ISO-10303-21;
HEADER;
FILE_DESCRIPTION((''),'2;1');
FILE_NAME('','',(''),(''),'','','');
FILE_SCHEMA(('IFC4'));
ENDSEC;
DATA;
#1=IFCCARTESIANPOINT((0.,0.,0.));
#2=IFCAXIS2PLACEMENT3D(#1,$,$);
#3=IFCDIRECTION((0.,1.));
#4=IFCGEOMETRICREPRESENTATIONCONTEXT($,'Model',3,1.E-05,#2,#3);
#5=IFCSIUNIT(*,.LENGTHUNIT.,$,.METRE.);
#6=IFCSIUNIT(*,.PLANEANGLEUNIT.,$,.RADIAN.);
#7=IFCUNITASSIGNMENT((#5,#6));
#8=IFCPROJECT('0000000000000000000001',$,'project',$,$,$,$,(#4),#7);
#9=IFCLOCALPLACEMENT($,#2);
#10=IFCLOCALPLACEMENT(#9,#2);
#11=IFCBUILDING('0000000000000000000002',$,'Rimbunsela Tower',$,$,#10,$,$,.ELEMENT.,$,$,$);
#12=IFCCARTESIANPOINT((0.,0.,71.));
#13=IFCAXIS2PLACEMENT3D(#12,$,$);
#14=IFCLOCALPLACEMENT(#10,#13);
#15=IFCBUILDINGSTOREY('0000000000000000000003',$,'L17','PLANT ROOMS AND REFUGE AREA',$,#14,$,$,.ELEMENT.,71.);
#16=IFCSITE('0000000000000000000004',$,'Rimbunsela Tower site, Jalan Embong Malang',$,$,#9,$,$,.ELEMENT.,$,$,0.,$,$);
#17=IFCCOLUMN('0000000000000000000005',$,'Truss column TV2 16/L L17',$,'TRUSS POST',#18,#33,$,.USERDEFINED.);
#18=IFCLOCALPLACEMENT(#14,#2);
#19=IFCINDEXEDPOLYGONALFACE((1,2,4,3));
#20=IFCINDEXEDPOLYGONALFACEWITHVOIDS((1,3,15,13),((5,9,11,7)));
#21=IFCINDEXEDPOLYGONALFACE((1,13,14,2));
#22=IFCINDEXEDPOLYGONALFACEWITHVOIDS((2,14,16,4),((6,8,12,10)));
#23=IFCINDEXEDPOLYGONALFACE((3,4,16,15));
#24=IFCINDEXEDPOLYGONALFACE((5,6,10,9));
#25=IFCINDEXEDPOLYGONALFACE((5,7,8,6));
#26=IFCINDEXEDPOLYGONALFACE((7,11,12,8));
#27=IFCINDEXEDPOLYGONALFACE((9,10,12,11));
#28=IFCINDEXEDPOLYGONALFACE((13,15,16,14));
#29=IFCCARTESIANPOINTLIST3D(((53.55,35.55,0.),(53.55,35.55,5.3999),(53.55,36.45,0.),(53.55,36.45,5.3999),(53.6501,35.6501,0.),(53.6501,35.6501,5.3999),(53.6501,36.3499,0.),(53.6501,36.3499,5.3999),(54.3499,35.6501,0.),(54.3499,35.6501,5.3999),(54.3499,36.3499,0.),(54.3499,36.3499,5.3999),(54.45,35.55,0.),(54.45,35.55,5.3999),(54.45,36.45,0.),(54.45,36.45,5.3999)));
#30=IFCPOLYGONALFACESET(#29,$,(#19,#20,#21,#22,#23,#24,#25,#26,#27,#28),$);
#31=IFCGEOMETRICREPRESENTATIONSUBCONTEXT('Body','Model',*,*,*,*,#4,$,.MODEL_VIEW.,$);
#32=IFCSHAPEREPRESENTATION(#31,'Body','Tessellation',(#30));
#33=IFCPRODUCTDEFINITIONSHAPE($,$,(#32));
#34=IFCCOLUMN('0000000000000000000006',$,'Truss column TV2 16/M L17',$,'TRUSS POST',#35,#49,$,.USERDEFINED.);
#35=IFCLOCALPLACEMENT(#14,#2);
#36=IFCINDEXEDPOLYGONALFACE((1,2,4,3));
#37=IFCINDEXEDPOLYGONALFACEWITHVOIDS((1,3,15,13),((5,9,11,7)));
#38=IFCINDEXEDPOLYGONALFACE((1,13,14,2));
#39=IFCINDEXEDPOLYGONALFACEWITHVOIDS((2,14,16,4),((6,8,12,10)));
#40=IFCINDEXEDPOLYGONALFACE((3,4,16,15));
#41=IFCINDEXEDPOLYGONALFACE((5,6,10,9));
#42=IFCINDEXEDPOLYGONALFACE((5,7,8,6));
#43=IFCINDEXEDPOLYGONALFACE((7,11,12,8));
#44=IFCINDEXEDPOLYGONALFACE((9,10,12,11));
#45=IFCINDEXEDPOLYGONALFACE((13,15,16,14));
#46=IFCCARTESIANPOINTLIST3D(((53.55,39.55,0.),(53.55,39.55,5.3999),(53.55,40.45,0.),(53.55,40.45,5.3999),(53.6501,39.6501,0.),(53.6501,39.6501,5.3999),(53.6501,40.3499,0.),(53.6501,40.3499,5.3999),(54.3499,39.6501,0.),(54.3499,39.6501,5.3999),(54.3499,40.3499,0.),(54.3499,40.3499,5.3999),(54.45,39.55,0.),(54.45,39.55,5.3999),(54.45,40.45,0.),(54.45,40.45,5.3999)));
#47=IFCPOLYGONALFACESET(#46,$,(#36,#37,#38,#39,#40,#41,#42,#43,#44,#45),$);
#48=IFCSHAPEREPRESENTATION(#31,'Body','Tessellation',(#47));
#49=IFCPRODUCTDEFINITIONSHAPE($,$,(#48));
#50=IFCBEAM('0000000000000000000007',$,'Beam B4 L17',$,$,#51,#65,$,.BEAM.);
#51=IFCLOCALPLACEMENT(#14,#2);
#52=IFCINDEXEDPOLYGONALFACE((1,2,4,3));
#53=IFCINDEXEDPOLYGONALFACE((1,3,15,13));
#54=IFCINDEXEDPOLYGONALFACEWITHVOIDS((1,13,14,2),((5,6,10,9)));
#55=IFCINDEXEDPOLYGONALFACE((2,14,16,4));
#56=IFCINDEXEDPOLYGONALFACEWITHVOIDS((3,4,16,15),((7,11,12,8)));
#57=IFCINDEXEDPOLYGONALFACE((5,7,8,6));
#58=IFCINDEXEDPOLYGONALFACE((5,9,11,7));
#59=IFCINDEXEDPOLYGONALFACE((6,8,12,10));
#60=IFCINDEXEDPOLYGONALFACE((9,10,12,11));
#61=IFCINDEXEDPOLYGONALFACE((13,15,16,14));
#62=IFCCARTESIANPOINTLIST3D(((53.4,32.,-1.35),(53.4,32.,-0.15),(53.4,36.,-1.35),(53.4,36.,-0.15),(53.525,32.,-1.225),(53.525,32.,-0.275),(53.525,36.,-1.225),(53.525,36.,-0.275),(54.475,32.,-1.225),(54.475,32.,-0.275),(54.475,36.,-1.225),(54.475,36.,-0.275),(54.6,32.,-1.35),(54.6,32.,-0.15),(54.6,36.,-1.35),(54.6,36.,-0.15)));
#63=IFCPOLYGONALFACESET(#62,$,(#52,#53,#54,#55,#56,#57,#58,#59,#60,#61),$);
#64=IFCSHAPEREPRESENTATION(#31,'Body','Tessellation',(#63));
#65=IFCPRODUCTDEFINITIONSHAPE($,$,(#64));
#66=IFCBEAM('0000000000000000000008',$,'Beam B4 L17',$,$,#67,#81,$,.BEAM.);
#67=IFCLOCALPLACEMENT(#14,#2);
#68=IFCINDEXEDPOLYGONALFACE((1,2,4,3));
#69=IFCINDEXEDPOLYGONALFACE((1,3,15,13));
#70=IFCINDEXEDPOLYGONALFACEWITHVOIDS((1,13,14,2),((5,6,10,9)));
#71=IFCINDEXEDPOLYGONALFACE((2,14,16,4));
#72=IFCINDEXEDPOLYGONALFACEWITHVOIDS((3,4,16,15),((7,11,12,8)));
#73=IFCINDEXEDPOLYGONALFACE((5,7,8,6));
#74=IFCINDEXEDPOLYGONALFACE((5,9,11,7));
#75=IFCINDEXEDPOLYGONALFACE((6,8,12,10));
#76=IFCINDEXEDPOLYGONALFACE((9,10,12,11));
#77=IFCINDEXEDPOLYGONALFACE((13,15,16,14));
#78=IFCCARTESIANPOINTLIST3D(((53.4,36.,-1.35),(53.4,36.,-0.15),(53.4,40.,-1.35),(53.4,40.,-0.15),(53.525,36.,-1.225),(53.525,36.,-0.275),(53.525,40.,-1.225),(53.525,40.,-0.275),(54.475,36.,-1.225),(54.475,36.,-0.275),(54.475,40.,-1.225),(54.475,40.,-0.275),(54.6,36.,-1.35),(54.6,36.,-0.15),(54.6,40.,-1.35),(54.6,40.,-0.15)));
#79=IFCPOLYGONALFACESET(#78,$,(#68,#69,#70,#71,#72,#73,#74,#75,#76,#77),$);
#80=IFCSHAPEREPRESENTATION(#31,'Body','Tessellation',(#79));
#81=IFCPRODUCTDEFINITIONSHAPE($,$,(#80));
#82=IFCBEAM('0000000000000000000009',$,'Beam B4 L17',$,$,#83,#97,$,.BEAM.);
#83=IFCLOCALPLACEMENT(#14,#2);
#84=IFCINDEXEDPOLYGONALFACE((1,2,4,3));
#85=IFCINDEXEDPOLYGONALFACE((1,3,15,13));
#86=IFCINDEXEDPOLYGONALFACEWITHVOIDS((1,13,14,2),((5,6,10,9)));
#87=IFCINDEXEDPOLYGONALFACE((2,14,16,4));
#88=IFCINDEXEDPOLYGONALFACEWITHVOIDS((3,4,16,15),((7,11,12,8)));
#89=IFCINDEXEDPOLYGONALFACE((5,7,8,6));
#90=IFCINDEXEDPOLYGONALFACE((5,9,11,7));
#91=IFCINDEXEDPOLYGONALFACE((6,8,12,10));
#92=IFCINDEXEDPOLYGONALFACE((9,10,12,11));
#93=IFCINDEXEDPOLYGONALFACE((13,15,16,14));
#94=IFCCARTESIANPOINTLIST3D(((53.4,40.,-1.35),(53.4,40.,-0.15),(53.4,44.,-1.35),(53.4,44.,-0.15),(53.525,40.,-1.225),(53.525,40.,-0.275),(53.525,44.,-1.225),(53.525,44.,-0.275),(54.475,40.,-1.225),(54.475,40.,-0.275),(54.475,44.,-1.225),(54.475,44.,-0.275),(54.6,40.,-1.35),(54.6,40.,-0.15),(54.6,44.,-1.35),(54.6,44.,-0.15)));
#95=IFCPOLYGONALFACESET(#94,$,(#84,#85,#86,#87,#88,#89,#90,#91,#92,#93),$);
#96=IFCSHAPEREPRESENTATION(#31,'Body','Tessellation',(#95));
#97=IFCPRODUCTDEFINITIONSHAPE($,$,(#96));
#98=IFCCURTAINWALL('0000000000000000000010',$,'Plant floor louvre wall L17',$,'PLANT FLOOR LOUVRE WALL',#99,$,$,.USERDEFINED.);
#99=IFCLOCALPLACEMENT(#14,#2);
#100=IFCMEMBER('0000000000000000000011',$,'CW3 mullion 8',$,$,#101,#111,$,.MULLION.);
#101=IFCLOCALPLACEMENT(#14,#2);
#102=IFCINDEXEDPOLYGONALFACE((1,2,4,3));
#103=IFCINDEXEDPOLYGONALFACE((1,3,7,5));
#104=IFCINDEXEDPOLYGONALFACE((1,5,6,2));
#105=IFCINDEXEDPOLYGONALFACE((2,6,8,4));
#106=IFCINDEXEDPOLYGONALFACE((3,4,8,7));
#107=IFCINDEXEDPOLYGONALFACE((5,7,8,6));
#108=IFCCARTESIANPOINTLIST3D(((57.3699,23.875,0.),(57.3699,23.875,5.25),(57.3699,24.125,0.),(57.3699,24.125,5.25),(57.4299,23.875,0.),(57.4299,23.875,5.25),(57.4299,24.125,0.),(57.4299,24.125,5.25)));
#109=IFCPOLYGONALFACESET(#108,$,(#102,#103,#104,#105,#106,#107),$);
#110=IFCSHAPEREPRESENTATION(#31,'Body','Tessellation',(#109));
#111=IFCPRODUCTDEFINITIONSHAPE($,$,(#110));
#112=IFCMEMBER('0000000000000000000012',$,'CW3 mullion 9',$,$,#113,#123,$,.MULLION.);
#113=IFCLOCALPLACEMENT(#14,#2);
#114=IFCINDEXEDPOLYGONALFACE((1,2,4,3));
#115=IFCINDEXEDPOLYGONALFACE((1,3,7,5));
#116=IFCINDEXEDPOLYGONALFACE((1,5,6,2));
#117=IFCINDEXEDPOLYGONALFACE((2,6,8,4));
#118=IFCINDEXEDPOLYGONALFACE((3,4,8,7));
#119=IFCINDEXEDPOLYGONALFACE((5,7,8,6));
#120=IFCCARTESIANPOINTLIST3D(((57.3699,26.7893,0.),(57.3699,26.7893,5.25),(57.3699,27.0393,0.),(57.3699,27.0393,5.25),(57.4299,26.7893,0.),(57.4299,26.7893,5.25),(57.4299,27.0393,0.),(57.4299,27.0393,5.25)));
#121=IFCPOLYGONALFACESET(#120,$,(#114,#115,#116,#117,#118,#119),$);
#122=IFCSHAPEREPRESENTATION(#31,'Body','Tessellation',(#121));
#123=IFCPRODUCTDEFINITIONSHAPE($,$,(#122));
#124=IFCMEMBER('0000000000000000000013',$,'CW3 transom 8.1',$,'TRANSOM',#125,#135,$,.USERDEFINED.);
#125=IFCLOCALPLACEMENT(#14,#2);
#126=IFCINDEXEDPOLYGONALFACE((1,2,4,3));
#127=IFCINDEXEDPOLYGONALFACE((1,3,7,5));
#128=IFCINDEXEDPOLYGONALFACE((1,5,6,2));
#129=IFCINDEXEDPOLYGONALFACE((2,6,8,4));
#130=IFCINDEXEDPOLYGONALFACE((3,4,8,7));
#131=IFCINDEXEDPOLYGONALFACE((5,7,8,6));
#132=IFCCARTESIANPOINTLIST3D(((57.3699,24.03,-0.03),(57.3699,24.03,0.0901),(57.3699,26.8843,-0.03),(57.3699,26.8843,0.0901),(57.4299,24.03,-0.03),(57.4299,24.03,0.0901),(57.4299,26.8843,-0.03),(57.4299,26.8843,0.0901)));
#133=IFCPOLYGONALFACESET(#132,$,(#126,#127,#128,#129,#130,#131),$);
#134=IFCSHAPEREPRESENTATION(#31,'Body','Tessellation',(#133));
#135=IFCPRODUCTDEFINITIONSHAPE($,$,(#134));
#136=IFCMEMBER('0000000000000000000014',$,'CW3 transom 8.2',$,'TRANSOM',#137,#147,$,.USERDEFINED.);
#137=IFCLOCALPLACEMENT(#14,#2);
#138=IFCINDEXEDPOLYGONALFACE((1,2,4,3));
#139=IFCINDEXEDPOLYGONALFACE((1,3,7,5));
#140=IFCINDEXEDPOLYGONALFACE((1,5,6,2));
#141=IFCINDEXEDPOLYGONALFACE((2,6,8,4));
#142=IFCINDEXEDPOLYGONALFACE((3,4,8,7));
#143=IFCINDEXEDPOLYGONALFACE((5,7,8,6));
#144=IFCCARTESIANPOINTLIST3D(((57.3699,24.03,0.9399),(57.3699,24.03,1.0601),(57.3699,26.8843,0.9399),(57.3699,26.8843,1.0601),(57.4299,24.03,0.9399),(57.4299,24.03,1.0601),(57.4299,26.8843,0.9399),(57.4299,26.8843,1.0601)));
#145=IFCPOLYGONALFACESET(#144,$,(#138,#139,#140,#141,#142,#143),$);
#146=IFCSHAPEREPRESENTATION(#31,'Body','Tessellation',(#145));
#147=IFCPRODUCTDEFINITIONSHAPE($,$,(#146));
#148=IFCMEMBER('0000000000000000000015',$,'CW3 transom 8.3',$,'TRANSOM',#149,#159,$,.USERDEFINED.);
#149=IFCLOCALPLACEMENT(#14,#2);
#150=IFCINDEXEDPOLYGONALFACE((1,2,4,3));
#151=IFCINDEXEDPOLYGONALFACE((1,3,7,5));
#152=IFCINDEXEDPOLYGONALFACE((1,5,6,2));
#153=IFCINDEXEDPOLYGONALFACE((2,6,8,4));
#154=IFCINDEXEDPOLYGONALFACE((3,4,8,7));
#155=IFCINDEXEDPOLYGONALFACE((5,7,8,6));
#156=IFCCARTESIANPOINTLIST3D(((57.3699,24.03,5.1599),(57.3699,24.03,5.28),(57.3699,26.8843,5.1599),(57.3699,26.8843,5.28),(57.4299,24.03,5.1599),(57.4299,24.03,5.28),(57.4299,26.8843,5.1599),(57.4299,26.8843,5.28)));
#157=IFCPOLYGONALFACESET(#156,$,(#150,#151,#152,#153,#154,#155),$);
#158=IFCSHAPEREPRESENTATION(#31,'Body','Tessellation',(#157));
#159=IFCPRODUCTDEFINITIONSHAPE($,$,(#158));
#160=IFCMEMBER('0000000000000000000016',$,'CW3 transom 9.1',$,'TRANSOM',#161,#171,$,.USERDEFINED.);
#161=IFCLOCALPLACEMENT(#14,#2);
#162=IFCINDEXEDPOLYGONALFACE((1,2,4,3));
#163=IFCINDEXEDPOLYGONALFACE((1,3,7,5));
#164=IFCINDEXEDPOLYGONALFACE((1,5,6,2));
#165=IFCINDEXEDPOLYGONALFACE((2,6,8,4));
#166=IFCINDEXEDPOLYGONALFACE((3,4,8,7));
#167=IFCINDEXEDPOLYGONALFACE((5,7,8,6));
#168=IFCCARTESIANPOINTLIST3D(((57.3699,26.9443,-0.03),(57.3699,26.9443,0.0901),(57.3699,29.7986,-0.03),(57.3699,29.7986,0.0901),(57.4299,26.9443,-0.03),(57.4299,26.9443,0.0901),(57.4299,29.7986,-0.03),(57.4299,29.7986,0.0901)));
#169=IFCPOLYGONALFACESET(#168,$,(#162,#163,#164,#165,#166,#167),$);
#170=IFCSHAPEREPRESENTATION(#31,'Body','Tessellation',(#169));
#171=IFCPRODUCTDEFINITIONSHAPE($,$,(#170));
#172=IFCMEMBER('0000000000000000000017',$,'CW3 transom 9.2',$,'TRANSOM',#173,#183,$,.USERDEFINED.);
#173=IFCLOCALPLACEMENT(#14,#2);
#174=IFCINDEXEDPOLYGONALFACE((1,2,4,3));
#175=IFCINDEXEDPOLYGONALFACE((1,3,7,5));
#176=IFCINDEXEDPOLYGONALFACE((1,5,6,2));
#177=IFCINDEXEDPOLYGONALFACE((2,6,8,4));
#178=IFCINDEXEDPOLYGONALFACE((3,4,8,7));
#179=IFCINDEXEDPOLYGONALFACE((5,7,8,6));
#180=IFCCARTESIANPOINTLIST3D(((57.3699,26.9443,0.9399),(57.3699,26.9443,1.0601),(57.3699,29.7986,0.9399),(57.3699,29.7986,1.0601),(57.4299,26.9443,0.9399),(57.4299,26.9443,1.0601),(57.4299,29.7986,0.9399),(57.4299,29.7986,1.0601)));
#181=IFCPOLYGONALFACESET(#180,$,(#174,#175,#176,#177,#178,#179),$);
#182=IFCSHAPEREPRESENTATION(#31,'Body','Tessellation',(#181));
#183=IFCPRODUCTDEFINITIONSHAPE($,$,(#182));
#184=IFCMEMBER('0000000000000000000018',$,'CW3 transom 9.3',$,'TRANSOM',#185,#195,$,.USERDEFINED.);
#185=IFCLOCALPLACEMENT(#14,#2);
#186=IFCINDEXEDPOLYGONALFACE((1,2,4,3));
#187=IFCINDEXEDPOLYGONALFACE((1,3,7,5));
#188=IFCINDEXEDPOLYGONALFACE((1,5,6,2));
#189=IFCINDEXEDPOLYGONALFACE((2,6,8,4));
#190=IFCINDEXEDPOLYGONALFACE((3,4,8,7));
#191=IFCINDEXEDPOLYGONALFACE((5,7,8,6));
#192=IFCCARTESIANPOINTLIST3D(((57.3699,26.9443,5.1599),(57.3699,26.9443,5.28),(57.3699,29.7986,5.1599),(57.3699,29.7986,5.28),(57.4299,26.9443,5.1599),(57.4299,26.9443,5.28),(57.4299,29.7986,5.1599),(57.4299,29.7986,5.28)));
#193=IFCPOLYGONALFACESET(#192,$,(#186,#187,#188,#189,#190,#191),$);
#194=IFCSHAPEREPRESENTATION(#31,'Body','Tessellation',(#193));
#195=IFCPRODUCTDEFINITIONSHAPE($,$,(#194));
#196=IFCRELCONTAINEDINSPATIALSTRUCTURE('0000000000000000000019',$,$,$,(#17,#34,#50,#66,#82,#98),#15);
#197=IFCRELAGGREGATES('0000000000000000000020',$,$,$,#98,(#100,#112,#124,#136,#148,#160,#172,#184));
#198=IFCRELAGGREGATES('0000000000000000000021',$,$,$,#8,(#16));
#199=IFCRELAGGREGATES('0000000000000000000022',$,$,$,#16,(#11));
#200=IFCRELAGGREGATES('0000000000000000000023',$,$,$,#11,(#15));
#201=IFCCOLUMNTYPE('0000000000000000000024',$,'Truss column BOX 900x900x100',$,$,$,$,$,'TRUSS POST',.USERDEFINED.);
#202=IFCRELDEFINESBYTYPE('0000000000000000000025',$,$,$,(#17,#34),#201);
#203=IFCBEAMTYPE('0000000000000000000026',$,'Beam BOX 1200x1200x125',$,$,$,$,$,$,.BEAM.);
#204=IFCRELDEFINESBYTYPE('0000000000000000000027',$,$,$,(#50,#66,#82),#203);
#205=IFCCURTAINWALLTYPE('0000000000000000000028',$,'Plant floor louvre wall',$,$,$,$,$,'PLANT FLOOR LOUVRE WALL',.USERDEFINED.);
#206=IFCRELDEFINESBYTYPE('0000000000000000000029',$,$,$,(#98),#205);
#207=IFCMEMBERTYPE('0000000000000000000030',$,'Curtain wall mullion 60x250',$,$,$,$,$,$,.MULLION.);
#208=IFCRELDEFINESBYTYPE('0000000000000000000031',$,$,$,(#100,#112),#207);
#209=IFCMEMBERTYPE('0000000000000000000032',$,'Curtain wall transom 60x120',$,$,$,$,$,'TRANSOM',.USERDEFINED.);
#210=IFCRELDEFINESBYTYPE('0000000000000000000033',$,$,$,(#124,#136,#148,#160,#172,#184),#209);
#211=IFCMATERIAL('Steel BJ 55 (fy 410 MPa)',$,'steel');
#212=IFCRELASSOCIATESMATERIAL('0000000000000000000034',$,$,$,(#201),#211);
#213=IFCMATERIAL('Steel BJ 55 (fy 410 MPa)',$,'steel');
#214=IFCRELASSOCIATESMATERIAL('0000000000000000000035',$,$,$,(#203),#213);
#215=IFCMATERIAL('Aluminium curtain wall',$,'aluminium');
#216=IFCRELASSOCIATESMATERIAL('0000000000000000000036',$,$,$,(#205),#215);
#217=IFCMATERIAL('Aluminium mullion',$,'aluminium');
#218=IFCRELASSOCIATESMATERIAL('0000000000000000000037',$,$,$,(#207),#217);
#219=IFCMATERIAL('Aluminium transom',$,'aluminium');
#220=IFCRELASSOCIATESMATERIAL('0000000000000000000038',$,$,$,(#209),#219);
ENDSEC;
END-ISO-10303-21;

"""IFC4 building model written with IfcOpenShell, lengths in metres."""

from ifc_helpers import new_model, si_unit, direction, frame, origin, origin_2d, place, context, subcontext, project, spatial, rectangle, hollow_rectangle, extrude, material, material_profile, profile_set, type_object, element, aggregate, save


model = new_model("IFC4")

# Units and contexts
model_context = context("Model", 3, precision=1e-05, world=origin(), true_north=direction((0.0, 1.0)))
body_context = subcontext(model_context, "Body", "Model", "MODEL_VIEW")
ifc_project = project(units=[si_unit("LENGTHUNIT", "METRE"), si_unit("PLANEANGLEUNIT", "RADIAN")], contexts=[model_context])

# Site, building, storey
site_placement = place(None, origin())
site = spatial("IfcSite", under=ifc_project, at=site_placement, Name="Rimbunsela Tower site, Jalan Embong Malang", CompositionType="ELEMENT", RefElevation=0.0)
building_placement = place(site_placement, origin())
building = spatial("IfcBuilding", under=site, at=building_placement, Name="Rimbunsela Tower", CompositionType="ELEMENT")
storey_placement = place(building_placement, frame((0.0, 0.0, 71.0)))
storey = spatial("IfcBuildingStorey", under=building, at=storey_placement, Name="L17", Description="PLANT ROOMS AND REFUGE AREA", CompositionType="ELEMENT", Elevation=71.0)

# Columns
ifc_material_1 = material(Name="Steel BJ 55 (fy 410 MPa)", Category="steel")
ifc_material_profile_1 = material_profile(ifc_material_1, hollow_rectangle(XDim=0.8999, YDim=0.8999, WallThickness=0.1001, at=origin_2d()), Name="BOX 900x900x100")
ifc_profile_set_1 = profile_set([ifc_material_profile_1], Name="Steel BJ 55 (fy 410 MPa)")
column_type = type_object("IfcColumnType", Name="Truss column BOX 900x900x100", ElementType="TRUSS POST", PredefinedType="USERDEFINED", material=ifc_profile_set_1)
for number, where, z_axis, x_axis, name in (
    (1, (54.0, 36.0, 0.0), (0.0, 0.0, 1.0), (1.0, 0.0, 0.0), "Truss column TV2 16/L L17"),
    (2, (54.0, 40.0, 0.0), (0.0, 0.0, 1.0), (1.0, 0.0, 0.0), "Truss column TV2 16/M L17"),
):
    element("IfcColumn", number, at=place(storey_placement, frame(where, z_axis=z_axis, x_axis=x_axis)), inside=storey, type_object=column_type, Name=name, ObjectType="TRUSS POST", PredefinedType="USERDEFINED", context=body_context, shape_type="SweptSolid", body=[
        extrude(hollow_rectangle(XDim=0.8999, YDim=0.8999, WallThickness=0.1001, at=origin_2d()), origin(), (0.0, 0.0, 1.0), 5.3999),
    ])

# Beams
ifc_material_2 = material(Name="Steel BJ 55 (fy 410 MPa)", Category="steel")
ifc_material_profile_2 = material_profile(ifc_material_2, hollow_rectangle(XDim=1.2, YDim=1.2, WallThickness=0.125, at=origin_2d()), Name="BOX 1200x1200x125")
ifc_profile_set_2 = profile_set([ifc_material_profile_2], Name="Steel BJ 55 (fy 410 MPa)")
beam_type_1 = type_object("IfcBeamType", Name="Beam BOX 1200x1200x125", PredefinedType="BEAM", material=ifc_profile_set_2)
for number, where, z_axis, x_axis, name in (
    (3, (54.0, 32.0, -0.75), (0.0, 1.0, 0.0), (-1.0, 0.0, 0.0), "Beam B4 L17"),
    (4, (54.0, 36.0, -0.75), (0.0, 1.0, 0.0), (-1.0, 0.0, 0.0), "Beam B4 L17"),
    (5, (54.0, 40.0, -0.75), (0.0, 1.0, 0.0), (-1.0, 0.0, 0.0), "Beam B4 L17"),
):
    element("IfcBeam", number, at=place(storey_placement, frame(where, z_axis=z_axis, x_axis=x_axis)), inside=storey, type_object=beam_type_1, Name=name, PredefinedType="BEAM", context=body_context, shape_type="SweptSolid", body=[
        extrude(hollow_rectangle(XDim=1.2, YDim=1.2, WallThickness=0.125, at=origin_2d()), origin(), (0.0, 0.0, 1.0), 4.0),
    ])

# Curtain wall, members
ifc_material_3 = material(Name="Aluminium curtain wall", Category="aluminium")
curtain_wall_type = type_object("IfcCurtainWallType", Name="Plant floor louvre wall", ElementType="PLANT FLOOR LOUVRE WALL", PredefinedType="USERDEFINED", material=ifc_material_3)
curtain_wall_placement = place(storey_placement, origin())
curtain_wall = element("IfcCurtainWall", 6, at=curtain_wall_placement, inside=storey, type_object=curtain_wall_type, Name="Plant floor louvre wall L17", ObjectType="PLANT FLOOR LOUVRE WALL", PredefinedType="USERDEFINED")
ifc_material_4 = material(Name="Aluminium mullion", Category="aluminium")
ifc_material_profile_3 = material_profile(ifc_material_4, rectangle(XDim=0.0601, YDim=0.25, at=origin_2d()), Name="Mullion 60x250")
ifc_profile_set_3 = profile_set([ifc_material_profile_3], Name="Aluminium mullion")
member_type_1 = type_object("IfcMemberType", Name="Curtain wall mullion 60x250", PredefinedType="MULLION", material=ifc_profile_set_3)
member_1_placement = place(storey_placement, frame((57.3999, 24.0, 0.0), z_axis=(0.0, 0.0, 1.0), x_axis=(-1.0, 0.0, 0.0)))
member_1 = element("IfcMember", 7, at=member_1_placement, type_object=member_type_1, Name="CW3 mullion 8", PredefinedType="MULLION", context=body_context, shape_type="SweptSolid", body=[
    extrude(rectangle(XDim=0.0601, YDim=0.25, at=origin_2d()), origin(), (0.0, 0.0, 1.0), 5.25),
])
member_2_placement = place(storey_placement, frame((57.3999, 26.9143, 0.0), z_axis=(0.0, 0.0, 1.0), x_axis=(-1.0, 0.0, 0.0)))
member_2 = element("IfcMember", 8, at=member_2_placement, type_object=member_type_1, Name="CW3 mullion 9", PredefinedType="MULLION", context=body_context, shape_type="SweptSolid", body=[
    extrude(rectangle(XDim=0.0601, YDim=0.25, at=origin_2d()), origin(), (0.0, 0.0, 1.0), 5.25),
])
ifc_material_5 = material(Name="Aluminium transom", Category="aluminium")
ifc_material_profile_4 = material_profile(ifc_material_5, rectangle(XDim=0.0601, YDim=0.1201, at=origin_2d()), Name="Transom 60x120")
ifc_profile_set_4 = profile_set([ifc_material_profile_4], Name="Aluminium transom")
member_type_2 = type_object("IfcMemberType", Name="Curtain wall transom 60x120", ElementType="TRANSOM", PredefinedType="USERDEFINED", material=ifc_profile_set_4)
member_3_placement = place(storey_placement, frame((57.3999, 24.03, 0.03), z_axis=(0.0, 1.0, 0.0), x_axis=(-1.0, 0.0, 0.0)))
member_3 = element("IfcMember", 9, at=member_3_placement, type_object=member_type_2, Name="CW3 transom 8.1", ObjectType="TRANSOM", PredefinedType="USERDEFINED", context=body_context, shape_type="SweptSolid", body=[
    extrude(rectangle(XDim=0.0601, YDim=0.1201, at=origin_2d()), origin(), (0.0, 0.0, 1.0), 2.8542),
])
member_4_placement = place(storey_placement, frame((57.3999, 24.03, 1.0), z_axis=(0.0, 1.0, 0.0), x_axis=(-1.0, 0.0, 0.0)))
member_4 = element("IfcMember", 10, at=member_4_placement, type_object=member_type_2, Name="CW3 transom 8.2", ObjectType="TRANSOM", PredefinedType="USERDEFINED", context=body_context, shape_type="SweptSolid", body=[
    extrude(rectangle(XDim=0.0601, YDim=0.1201, at=origin_2d()), origin(), (0.0, 0.0, 1.0), 2.8542),
])
member_5_placement = place(storey_placement, frame((57.3999, 24.03, 5.22), z_axis=(0.0, 1.0, 0.0), x_axis=(-1.0, 0.0, 0.0)))
member_5 = element("IfcMember", 11, at=member_5_placement, type_object=member_type_2, Name="CW3 transom 8.3", ObjectType="TRANSOM", PredefinedType="USERDEFINED", context=body_context, shape_type="SweptSolid", body=[
    extrude(rectangle(XDim=0.0601, YDim=0.1201, at=origin_2d()), origin(), (0.0, 0.0, 1.0), 2.8542),
])
member_6_placement = place(storey_placement, frame((57.3999, 26.9443, 0.03), z_axis=(0.0, 1.0, 0.0), x_axis=(-1.0, 0.0, 0.0)))
member_6 = element("IfcMember", 12, at=member_6_placement, type_object=member_type_2, Name="CW3 transom 9.1", ObjectType="TRANSOM", PredefinedType="USERDEFINED", context=body_context, shape_type="SweptSolid", body=[
    extrude(rectangle(XDim=0.0601, YDim=0.1201, at=origin_2d()), origin(), (0.0, 0.0, 1.0), 2.8542),
])
member_7_placement = place(storey_placement, frame((57.3999, 26.9443, 1.0), z_axis=(0.0, 1.0, 0.0), x_axis=(-1.0, 0.0, 0.0)))
member_7 = element("IfcMember", 13, at=member_7_placement, type_object=member_type_2, Name="CW3 transom 9.2", ObjectType="TRANSOM", PredefinedType="USERDEFINED", context=body_context, shape_type="SweptSolid", body=[
    extrude(rectangle(XDim=0.0601, YDim=0.1201, at=origin_2d()), origin(), (0.0, 0.0, 1.0), 2.8542),
])
member_8_placement = place(storey_placement, frame((57.3999, 26.9443, 5.22), z_axis=(0.0, 1.0, 0.0), x_axis=(-1.0, 0.0, 0.0)))
member_8 = element("IfcMember", 14, at=member_8_placement, type_object=member_type_2, Name="CW3 transom 9.3", ObjectType="TRANSOM", PredefinedType="USERDEFINED", context=body_context, shape_type="SweptSolid", body=[
    extrude(rectangle(XDim=0.0601, YDim=0.1201, at=origin_2d()), origin(), (0.0, 0.0, 1.0), 2.8542),
])

aggregate(curtain_wall, [member_1, member_2, member_3, member_4, member_5, member_6, member_7, member_8])

save(model, "model.ifc")
